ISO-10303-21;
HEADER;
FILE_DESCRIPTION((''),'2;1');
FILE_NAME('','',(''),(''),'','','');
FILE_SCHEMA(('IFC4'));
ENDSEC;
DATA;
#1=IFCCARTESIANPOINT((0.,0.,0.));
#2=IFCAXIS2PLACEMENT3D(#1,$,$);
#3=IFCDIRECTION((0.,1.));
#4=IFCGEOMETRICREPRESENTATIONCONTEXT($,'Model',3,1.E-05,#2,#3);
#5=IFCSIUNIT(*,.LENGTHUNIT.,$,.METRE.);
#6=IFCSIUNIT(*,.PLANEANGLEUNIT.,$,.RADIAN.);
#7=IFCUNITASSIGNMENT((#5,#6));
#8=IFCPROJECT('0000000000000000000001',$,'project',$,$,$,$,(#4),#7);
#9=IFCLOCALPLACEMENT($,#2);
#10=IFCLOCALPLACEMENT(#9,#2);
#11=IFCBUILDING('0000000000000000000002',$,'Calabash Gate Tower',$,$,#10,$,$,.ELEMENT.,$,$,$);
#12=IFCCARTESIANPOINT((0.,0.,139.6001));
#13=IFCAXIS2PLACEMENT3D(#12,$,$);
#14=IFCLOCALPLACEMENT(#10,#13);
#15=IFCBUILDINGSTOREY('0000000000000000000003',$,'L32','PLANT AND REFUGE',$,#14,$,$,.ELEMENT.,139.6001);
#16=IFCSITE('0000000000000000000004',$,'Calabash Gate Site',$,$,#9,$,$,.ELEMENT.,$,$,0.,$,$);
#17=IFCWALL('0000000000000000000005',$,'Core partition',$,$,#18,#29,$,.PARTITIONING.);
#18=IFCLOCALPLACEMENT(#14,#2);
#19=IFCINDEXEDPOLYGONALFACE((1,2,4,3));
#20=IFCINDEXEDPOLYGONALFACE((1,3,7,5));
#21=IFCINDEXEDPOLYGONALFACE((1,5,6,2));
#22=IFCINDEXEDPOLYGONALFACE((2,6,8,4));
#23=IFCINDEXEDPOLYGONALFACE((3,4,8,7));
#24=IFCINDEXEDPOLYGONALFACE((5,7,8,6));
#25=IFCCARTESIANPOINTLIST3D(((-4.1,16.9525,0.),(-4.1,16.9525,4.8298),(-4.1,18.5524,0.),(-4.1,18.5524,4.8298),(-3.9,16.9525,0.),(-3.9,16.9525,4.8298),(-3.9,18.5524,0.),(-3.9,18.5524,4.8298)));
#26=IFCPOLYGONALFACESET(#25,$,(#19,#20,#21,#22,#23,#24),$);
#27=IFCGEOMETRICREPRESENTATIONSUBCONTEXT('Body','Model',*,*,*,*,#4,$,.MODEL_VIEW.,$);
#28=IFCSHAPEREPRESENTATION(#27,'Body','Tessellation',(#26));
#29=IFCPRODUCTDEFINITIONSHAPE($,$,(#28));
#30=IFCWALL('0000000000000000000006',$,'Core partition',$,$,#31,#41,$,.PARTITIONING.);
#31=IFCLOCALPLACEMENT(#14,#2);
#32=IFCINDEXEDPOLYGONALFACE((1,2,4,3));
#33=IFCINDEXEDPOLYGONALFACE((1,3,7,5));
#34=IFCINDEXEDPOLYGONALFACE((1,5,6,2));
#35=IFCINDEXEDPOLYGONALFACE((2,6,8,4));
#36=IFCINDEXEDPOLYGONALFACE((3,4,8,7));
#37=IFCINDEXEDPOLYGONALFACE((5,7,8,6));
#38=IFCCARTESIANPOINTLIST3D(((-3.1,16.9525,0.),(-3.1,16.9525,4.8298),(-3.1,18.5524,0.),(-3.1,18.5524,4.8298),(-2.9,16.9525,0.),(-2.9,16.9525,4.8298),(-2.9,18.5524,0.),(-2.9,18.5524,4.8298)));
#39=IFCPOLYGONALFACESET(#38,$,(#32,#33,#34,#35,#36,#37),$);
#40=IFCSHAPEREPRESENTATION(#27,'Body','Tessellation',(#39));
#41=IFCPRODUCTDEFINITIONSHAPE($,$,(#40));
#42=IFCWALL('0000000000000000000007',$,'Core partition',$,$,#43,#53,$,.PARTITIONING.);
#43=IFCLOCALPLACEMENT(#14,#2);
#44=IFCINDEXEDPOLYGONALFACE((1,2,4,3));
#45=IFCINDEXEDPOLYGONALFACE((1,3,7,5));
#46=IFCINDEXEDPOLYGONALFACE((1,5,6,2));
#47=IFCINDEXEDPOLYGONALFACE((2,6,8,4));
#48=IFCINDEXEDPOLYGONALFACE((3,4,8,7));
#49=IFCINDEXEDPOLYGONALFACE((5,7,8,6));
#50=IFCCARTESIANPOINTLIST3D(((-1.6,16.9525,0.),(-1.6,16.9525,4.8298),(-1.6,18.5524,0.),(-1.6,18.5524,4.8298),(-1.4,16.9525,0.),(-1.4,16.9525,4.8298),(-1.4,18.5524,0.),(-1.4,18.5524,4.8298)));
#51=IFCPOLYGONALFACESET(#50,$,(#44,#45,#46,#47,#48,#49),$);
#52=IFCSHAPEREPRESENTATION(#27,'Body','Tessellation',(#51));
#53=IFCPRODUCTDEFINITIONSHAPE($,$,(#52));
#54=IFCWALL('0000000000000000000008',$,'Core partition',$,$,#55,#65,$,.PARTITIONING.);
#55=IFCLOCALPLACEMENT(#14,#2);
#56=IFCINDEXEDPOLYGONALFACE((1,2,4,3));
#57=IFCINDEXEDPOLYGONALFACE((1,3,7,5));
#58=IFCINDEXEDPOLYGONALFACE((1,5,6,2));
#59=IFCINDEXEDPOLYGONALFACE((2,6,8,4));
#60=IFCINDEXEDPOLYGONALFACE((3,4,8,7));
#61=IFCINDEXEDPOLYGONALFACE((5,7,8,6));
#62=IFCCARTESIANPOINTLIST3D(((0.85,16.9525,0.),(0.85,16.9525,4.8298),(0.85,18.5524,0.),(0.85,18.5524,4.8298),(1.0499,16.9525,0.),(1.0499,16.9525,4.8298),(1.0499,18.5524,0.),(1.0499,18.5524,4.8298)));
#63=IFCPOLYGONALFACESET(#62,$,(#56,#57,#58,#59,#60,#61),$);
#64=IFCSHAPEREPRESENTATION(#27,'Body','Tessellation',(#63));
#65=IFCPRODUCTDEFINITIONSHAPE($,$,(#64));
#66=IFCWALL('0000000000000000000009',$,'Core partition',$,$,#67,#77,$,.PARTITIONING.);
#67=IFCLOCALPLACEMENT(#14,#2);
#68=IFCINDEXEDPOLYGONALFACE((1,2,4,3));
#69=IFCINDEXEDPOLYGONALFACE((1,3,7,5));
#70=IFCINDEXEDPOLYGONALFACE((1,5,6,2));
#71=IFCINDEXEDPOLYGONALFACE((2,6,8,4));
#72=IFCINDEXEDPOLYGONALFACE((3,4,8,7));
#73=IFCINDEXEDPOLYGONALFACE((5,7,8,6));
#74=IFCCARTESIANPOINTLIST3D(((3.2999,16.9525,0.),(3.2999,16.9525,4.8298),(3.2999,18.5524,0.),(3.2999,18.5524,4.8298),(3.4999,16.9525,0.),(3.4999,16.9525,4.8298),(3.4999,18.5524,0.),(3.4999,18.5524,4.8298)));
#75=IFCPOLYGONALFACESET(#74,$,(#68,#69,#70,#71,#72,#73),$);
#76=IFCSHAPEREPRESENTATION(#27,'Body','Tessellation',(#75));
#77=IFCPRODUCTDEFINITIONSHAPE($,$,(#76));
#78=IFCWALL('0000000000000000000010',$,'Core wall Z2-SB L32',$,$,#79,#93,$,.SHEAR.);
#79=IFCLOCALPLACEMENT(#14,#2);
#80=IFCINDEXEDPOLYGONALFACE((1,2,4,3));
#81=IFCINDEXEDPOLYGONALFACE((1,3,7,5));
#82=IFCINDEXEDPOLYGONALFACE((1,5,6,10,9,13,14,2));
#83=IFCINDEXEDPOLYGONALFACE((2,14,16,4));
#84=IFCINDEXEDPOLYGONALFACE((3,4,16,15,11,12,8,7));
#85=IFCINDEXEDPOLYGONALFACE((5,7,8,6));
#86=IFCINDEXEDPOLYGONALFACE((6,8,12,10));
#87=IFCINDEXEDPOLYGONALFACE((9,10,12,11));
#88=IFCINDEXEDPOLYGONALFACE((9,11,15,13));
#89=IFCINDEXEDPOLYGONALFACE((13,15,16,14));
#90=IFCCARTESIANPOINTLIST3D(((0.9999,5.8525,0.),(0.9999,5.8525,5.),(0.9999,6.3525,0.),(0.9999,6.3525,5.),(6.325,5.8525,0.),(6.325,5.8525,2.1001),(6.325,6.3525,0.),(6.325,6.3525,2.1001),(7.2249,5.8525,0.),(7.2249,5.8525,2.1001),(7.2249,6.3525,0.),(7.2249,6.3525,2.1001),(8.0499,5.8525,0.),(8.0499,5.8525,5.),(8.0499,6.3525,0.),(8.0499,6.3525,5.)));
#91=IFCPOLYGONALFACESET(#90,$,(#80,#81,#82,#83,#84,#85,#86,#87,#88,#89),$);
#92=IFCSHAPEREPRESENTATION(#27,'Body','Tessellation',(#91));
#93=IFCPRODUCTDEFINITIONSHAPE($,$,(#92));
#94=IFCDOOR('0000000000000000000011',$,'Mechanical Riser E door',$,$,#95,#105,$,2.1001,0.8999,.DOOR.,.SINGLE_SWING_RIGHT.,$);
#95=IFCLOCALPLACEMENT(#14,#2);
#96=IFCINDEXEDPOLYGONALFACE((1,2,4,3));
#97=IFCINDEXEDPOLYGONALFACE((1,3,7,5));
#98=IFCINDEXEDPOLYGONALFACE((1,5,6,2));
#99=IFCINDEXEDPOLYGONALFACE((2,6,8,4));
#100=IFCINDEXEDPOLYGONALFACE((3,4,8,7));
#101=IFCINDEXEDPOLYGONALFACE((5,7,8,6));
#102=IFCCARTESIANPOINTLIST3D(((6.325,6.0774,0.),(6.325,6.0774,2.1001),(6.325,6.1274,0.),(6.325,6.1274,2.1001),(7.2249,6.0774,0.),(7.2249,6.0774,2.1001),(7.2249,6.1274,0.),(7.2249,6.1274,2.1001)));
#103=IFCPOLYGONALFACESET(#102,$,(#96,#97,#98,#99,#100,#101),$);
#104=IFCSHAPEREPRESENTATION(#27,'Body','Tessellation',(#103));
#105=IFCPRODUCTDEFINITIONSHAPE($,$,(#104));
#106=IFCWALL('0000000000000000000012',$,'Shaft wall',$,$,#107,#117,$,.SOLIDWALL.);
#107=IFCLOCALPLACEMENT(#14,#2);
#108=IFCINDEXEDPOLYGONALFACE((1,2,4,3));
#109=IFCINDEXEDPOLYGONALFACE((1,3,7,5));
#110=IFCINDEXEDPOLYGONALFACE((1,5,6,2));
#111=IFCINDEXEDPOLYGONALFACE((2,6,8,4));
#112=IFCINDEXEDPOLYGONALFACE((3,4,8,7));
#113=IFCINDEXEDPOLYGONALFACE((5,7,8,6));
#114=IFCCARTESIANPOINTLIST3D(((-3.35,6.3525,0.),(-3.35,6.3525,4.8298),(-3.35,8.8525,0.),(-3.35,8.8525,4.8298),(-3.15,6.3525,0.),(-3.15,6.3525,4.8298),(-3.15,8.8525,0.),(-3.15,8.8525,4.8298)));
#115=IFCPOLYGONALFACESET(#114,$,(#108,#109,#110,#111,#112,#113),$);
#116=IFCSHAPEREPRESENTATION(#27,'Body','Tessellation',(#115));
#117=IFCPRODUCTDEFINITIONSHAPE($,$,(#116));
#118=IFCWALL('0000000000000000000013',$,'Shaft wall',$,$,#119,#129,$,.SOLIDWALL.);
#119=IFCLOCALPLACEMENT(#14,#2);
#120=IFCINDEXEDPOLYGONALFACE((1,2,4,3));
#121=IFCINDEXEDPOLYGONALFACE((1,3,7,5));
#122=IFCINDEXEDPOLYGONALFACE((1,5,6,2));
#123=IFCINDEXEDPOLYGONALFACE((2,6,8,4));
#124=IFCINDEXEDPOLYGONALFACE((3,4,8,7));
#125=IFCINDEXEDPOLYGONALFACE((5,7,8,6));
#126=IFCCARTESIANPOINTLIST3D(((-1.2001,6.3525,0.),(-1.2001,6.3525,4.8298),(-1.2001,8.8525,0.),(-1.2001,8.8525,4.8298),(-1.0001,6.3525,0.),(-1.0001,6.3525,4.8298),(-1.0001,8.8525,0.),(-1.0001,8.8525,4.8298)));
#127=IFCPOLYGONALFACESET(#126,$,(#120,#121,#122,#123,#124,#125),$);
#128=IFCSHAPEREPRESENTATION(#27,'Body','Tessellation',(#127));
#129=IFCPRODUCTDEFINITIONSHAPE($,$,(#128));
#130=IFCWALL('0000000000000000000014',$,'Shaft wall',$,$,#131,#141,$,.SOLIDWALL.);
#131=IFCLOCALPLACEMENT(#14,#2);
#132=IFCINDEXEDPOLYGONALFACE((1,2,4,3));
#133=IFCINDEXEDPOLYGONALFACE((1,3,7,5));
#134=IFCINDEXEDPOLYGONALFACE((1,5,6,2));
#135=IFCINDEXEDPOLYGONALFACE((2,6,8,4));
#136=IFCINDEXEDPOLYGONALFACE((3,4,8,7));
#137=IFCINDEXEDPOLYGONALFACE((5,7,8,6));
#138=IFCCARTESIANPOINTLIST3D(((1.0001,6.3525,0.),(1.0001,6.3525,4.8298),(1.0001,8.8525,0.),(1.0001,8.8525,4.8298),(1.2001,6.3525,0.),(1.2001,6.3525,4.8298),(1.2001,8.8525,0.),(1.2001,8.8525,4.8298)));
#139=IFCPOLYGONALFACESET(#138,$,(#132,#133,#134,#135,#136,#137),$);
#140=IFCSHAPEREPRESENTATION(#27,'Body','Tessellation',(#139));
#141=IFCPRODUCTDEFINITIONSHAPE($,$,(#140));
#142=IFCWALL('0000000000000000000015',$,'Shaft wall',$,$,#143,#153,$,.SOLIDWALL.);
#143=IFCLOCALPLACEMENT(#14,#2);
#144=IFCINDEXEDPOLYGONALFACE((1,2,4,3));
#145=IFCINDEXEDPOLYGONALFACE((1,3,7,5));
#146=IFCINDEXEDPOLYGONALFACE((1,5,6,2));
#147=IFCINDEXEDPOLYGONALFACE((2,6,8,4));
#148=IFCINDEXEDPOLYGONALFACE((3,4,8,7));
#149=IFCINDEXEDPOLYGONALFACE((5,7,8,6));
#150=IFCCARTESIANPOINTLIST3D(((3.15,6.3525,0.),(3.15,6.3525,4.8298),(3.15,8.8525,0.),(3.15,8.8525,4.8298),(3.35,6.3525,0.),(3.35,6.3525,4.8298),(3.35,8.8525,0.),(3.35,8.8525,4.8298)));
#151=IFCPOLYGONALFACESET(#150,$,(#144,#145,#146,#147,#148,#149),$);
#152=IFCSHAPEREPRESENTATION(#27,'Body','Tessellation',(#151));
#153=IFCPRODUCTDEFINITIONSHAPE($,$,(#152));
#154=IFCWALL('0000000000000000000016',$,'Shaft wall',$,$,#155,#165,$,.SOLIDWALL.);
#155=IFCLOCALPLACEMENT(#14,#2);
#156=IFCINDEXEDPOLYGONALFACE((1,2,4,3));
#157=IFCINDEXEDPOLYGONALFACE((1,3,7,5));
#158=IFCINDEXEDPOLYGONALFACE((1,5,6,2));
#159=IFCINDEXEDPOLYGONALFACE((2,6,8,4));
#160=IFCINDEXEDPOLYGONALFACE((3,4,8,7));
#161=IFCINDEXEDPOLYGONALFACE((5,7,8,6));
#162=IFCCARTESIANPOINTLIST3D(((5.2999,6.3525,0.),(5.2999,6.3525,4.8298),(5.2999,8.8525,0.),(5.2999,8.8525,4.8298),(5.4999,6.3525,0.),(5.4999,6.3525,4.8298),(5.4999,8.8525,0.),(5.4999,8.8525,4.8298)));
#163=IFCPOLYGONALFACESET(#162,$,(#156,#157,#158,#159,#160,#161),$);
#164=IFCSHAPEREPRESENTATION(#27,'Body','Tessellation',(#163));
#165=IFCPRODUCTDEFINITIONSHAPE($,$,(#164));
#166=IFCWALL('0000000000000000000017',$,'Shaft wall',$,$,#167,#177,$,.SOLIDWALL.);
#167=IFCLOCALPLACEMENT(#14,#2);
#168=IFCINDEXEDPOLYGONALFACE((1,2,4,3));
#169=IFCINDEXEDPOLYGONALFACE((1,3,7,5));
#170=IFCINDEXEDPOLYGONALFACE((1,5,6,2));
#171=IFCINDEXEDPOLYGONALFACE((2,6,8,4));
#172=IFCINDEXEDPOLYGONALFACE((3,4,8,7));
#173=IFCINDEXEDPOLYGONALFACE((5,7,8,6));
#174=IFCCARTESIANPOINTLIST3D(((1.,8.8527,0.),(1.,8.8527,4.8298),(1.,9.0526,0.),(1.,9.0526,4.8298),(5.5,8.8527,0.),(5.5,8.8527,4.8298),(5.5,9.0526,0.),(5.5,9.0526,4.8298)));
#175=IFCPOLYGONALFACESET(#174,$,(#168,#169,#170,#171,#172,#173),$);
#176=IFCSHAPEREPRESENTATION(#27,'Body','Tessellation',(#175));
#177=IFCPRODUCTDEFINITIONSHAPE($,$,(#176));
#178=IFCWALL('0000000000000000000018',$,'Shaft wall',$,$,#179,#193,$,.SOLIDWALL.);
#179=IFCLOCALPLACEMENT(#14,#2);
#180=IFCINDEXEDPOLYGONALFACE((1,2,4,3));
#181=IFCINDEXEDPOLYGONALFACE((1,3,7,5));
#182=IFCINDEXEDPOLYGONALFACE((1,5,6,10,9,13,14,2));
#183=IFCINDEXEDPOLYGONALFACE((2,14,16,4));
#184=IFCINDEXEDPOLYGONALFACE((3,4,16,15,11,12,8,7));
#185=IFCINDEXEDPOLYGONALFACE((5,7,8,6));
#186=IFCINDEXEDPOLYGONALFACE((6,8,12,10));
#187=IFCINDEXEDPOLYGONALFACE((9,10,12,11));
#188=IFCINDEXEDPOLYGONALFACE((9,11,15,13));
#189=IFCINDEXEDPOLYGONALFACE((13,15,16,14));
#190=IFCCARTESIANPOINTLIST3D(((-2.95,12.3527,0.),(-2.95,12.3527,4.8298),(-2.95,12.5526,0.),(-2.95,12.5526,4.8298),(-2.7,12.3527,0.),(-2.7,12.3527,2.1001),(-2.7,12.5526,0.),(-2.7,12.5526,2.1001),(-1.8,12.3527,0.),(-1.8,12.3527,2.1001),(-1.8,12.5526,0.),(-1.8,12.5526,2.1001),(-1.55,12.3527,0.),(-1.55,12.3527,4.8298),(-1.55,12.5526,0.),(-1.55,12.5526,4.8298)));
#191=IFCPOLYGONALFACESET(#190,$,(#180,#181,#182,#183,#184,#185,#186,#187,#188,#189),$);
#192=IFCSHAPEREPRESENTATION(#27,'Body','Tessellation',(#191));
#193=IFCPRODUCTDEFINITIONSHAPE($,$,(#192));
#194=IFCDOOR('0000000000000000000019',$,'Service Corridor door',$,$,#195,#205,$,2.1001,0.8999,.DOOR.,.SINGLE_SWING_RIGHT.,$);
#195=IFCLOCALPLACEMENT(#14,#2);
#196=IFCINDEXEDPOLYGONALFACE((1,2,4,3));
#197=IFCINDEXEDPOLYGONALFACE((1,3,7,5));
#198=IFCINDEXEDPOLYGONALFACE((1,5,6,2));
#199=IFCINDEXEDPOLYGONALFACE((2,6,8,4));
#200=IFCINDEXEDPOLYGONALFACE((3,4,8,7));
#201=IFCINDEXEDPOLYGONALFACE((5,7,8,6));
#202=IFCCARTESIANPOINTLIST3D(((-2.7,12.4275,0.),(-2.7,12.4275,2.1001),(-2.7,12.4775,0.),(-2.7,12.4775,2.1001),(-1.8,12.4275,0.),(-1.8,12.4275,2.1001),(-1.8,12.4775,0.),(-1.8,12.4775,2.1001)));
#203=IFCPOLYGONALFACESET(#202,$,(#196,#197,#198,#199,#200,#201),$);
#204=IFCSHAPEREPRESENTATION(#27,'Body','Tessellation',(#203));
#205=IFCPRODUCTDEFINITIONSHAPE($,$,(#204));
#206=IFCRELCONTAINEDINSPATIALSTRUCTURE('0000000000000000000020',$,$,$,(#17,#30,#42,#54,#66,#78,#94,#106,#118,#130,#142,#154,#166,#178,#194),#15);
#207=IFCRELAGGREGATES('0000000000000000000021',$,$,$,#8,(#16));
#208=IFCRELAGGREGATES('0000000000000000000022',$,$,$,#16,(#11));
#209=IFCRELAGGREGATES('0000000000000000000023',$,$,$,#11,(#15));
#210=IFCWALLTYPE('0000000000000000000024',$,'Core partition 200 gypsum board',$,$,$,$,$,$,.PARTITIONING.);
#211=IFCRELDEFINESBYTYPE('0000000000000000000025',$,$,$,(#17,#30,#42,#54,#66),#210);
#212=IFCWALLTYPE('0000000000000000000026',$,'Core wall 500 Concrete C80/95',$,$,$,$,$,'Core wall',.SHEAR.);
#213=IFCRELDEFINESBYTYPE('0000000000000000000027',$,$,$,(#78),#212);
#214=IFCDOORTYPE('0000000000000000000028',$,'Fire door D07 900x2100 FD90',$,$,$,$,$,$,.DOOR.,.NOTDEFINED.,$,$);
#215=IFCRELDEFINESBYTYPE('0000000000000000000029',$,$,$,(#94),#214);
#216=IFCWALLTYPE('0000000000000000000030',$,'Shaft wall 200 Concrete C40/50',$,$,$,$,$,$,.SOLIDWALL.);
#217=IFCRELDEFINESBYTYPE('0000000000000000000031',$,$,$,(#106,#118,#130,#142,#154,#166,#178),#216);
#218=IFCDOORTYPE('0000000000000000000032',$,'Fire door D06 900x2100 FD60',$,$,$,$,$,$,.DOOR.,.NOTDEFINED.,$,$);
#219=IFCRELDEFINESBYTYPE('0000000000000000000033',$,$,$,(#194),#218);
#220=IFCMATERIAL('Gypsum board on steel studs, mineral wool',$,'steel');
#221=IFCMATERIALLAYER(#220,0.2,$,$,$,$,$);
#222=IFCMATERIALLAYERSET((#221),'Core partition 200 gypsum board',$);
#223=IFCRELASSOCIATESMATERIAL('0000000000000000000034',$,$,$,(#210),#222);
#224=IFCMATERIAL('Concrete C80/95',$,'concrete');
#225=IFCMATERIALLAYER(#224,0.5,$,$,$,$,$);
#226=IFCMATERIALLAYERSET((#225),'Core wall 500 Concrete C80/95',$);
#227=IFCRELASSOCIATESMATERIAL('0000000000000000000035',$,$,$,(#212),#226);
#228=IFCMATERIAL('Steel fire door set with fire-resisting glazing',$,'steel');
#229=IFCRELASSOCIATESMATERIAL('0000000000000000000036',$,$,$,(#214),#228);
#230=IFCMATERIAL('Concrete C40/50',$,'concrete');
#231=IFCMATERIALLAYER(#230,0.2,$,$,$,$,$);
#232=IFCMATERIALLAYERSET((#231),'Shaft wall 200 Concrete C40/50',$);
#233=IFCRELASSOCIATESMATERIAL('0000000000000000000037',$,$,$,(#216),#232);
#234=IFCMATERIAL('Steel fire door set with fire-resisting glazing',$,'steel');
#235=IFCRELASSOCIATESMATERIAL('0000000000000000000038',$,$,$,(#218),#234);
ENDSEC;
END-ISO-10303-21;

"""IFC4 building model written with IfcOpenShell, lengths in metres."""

from ifc_helpers import new_model, si_unit, direction, frame, frame_2d, origin, place, context, subcontext, project, spatial, rectangle, extrude, material, layer, layer_set, type_object, element, fill, save


model = new_model("IFC4")

# Units and contexts
model_context = context("Model", 3, precision=1e-05, world=origin(), true_north=direction((0.0, 1.0)))
body_context = subcontext(model_context, "Body", "Model", "MODEL_VIEW")
ifc_project = project(units=[si_unit("LENGTHUNIT", "METRE"), si_unit("PLANEANGLEUNIT", "RADIAN")], contexts=[model_context])

# Site, building, storey
site_placement = place(None, origin())
site = spatial("IfcSite", under=ifc_project, at=site_placement, Name="Calabash Gate Site", CompositionType="ELEMENT", RefElevation=0.0)
building_placement = place(site_placement, origin())
building = spatial("IfcBuilding", under=site, at=building_placement, Name="Calabash Gate Tower", CompositionType="ELEMENT")
storey_placement = place(building_placement, frame((0.0, 0.0, 139.6001)))
storey = spatial("IfcBuildingStorey", under=building, at=storey_placement, Name="L32", Description="PLANT AND REFUGE", CompositionType="ELEMENT", Elevation=139.6001)

# Walls
ifc_material_1 = material(Name="Gypsum board on steel studs, mineral wool", Category="steel")
ifc_layer_1 = layer(ifc_material_1, 0.2)
ifc_layer_set_1 = layer_set([ifc_layer_1], Name="Core partition 200 gypsum board")
wall_type_1 = type_object("IfcWallType", Name="Core partition 200 gypsum board", PredefinedType="PARTITIONING", material=ifc_layer_set_1)
for number, where, z_axis, x_axis, name in (
    (1, (-4.0, 16.9526, 0.0), (0.0, 0.0, 1.0), (0.0, 1.0, 0.0), "Core partition"),
    (2, (-3.0, 16.9526, 0.0), (0.0, 0.0, 1.0), (0.0, 1.0, 0.0), "Core partition"),
    (3, (-1.5, 16.9526, 0.0), (0.0, 0.0, 1.0), (0.0, 1.0, 0.0), "Core partition"),
    (4, (0.95, 16.9526, 0.0), (0.0, 0.0, 1.0), (0.0, 1.0, 0.0), "Core partition"),
    (5, (3.3999, 16.9526, 0.0), (0.0, 0.0, 1.0), (0.0, 1.0, 0.0), "Core partition"),
):
    element("IfcWall", number, at=place(storey_placement, frame(where, z_axis=z_axis, x_axis=x_axis)), inside=storey, type_object=wall_type_1, Name=name, PredefinedType="PARTITIONING", context=body_context, shape_type="SweptSolid", body=[
        extrude(rectangle(XDim=1.5999, YDim=0.2, at=frame_2d((0.7998, 0.0))), origin(), (0.0, 0.0, 1.0), 4.8298),
    ])

# Wall, opening, door
ifc_material_2 = material(Name="Concrete C80/95", Category="concrete")
ifc_layer_2 = layer(ifc_material_2, 0.5)
ifc_layer_set_2 = layer_set([ifc_layer_2], Name="Core wall 500 Concrete C80/95")
wall_type_2 = type_object("IfcWallType", Name="Core wall 500 Concrete C80/95", ElementType="Core wall", PredefinedType="SHEAR", material=ifc_layer_set_2)
wall_1_placement = place(storey_placement, frame((1.0, 6.1025, 0.0), z_axis=(0.0, 0.0, 1.0), x_axis=(1.0, 0.0, 0.0)))
wall_1 = element("IfcWall", 6, at=wall_1_placement, inside=storey, type_object=wall_type_2, Name="Core wall Z2-SB L32", PredefinedType="SHEAR", context=body_context, shape_type="SweptSolid", body=[
    extrude(rectangle(XDim=7.05, YDim=0.5, at=frame_2d((3.5249, 0.0))), origin(), (0.0, 0.0, 1.0), 5.0),
])
opening_1_placement = place(wall_1_placement, frame((5.325, 0.0, 0.0)))
opening_1 = element("IfcOpeningElement", 7, at=opening_1_placement, cuts=wall_1, PredefinedType="OPENING", context=body_context, shape_type="SweptSolid", body=[
    extrude(rectangle(XDim=0.8999, YDim=2.1001, at=frame_2d((0.45, 1.05))), frame((0.0, 0.26, 0.0), z_axis=(0.0, -1.0, 0.0), x_axis=(1.0, 0.0, 0.0)), (0.0, 0.0, 1.0), 0.52),
])
ifc_material_3 = material(Name="Steel fire door set with fire-resisting glazing", Category="steel")
door_type_1 = type_object("IfcDoorType", Name="Fire door D07 900x2100 FD90", OperationType="NOTDEFINED", PredefinedType="DOOR", material=ifc_material_3)
door_1_placement = place(opening_1_placement, origin())
door_1 = element("IfcDoor", 8, at=door_1_placement, inside=storey, type_object=door_type_1, Name="Mechanical Riser E door", OperationType="SINGLE_SWING_RIGHT", OverallHeight=2.1001, OverallWidth=0.8999, PredefinedType="DOOR", context=body_context, shape_type="SweptSolid", body=[
    extrude(rectangle(XDim=0.8999, YDim=2.1001, at=frame_2d((0.45, 1.05))), frame((0.0, 0.0249, 0.0), z_axis=(0.0, -1.0, 0.0), x_axis=(1.0, 0.0, 0.0)), (0.0, 0.0, 1.0), 0.05),
])
fill(opening_1, door_1)

# Walls
ifc_material_4 = material(Name="Concrete C40/50", Category="concrete")
ifc_layer_3 = layer(ifc_material_4, 0.2)
ifc_layer_set_3 = layer_set([ifc_layer_3], Name="Shaft wall 200 Concrete C40/50")
wall_type_3 = type_object("IfcWallType", Name="Shaft wall 200 Concrete C40/50", PredefinedType="SOLIDWALL", material=ifc_layer_set_3)
for number, where, z_axis, x_axis, name in (
    (9, (-3.25, 6.3525, 0.0), (0.0, 0.0, 1.0), (0.0, 1.0, 0.0), "Shaft wall"),
    (10, (-1.1001, 6.3525, 0.0), (0.0, 0.0, 1.0), (0.0, 1.0, 0.0), "Shaft wall"),
    (11, (1.1001, 6.3525, 0.0), (0.0, 0.0, 1.0), (0.0, 1.0, 0.0), "Shaft wall"),
    (12, (3.25, 6.3525, 0.0), (0.0, 0.0, 1.0), (0.0, 1.0, 0.0), "Shaft wall"),
    (13, (5.3999, 6.3525, 0.0), (0.0, 0.0, 1.0), (0.0, 1.0, 0.0), "Shaft wall"),
):
    element("IfcWall", number, at=place(storey_placement, frame(where, z_axis=z_axis, x_axis=x_axis)), inside=storey, type_object=wall_type_3, Name=name, PredefinedType="SOLIDWALL", context=body_context, shape_type="SweptSolid", body=[
        extrude(rectangle(XDim=2.5, YDim=0.2, at=frame_2d((1.25, 0.0))), origin(), (0.0, 0.0, 1.0), 4.8298),
    ])
wall_2_placement = place(storey_placement, frame((1.0, 8.9526, 0.0), z_axis=(0.0, 0.0, 1.0), x_axis=(1.0, 0.0, 0.0)))
element("IfcWall", 14, at=wall_2_placement, inside=storey, type_object=wall_type_3, Name="Shaft wall", PredefinedType="SOLIDWALL", context=body_context, shape_type="SweptSolid", body=[
    extrude(rectangle(XDim=4.5, YDim=0.2, at=frame_2d((2.25, 0.0))), origin(), (0.0, 0.0, 1.0), 4.8298),
])

# Wall, opening, door
wall_3_placement = place(storey_placement, frame((-2.95, 12.4526, 0.0), z_axis=(0.0, 0.0, 1.0), x_axis=(1.0, 0.0, 0.0)))
wall_3 = element("IfcWall", 15, at=wall_3_placement, inside=storey, type_object=wall_type_3, Name="Shaft wall", PredefinedType="SOLIDWALL", context=body_context, shape_type="SweptSolid", body=[
    extrude(rectangle(XDim=1.3999, YDim=0.2, at=frame_2d((0.7, 0.0))), origin(), (0.0, 0.0, 1.0), 4.8298),
])
opening_2_placement = place(wall_3_placement, frame((0.25, 0.0, 0.0)))
opening_2 = element("IfcOpeningElement", 16, at=opening_2_placement, cuts=wall_3, PredefinedType="OPENING", context=body_context, shape_type="SweptSolid", body=[
    extrude(rectangle(XDim=0.8999, YDim=2.1001, at=frame_2d((0.45, 1.05))), frame((0.0, 0.1099, 0.0), z_axis=(0.0, -1.0, 0.0), x_axis=(1.0, 0.0, 0.0)), (0.0, 0.0, 1.0), 0.22),
])
ifc_material_5 = material(Name="Steel fire door set with fire-resisting glazing", Category="steel")
door_type_2 = type_object("IfcDoorType", Name="Fire door D06 900x2100 FD60", OperationType="NOTDEFINED", PredefinedType="DOOR", material=ifc_material_5)
door_2_placement = place(opening_2_placement, origin())
door_2 = element("IfcDoor", 17, at=door_2_placement, inside=storey, type_object=door_type_2, Name="Service Corridor door", OperationType="SINGLE_SWING_RIGHT", OverallHeight=2.1001, OverallWidth=0.8999, PredefinedType="DOOR", context=body_context, shape_type="SweptSolid", body=[
    extrude(rectangle(XDim=0.8999, YDim=2.1001, at=frame_2d((0.45, 1.05))), frame((0.0, 0.0249, 0.0), z_axis=(0.0, -1.0, 0.0), x_axis=(1.0, 0.0, 0.0)), (0.0, 0.0, 1.0), 0.05),
])
fill(opening_2, door_2)

save(model, "model.ifc")
